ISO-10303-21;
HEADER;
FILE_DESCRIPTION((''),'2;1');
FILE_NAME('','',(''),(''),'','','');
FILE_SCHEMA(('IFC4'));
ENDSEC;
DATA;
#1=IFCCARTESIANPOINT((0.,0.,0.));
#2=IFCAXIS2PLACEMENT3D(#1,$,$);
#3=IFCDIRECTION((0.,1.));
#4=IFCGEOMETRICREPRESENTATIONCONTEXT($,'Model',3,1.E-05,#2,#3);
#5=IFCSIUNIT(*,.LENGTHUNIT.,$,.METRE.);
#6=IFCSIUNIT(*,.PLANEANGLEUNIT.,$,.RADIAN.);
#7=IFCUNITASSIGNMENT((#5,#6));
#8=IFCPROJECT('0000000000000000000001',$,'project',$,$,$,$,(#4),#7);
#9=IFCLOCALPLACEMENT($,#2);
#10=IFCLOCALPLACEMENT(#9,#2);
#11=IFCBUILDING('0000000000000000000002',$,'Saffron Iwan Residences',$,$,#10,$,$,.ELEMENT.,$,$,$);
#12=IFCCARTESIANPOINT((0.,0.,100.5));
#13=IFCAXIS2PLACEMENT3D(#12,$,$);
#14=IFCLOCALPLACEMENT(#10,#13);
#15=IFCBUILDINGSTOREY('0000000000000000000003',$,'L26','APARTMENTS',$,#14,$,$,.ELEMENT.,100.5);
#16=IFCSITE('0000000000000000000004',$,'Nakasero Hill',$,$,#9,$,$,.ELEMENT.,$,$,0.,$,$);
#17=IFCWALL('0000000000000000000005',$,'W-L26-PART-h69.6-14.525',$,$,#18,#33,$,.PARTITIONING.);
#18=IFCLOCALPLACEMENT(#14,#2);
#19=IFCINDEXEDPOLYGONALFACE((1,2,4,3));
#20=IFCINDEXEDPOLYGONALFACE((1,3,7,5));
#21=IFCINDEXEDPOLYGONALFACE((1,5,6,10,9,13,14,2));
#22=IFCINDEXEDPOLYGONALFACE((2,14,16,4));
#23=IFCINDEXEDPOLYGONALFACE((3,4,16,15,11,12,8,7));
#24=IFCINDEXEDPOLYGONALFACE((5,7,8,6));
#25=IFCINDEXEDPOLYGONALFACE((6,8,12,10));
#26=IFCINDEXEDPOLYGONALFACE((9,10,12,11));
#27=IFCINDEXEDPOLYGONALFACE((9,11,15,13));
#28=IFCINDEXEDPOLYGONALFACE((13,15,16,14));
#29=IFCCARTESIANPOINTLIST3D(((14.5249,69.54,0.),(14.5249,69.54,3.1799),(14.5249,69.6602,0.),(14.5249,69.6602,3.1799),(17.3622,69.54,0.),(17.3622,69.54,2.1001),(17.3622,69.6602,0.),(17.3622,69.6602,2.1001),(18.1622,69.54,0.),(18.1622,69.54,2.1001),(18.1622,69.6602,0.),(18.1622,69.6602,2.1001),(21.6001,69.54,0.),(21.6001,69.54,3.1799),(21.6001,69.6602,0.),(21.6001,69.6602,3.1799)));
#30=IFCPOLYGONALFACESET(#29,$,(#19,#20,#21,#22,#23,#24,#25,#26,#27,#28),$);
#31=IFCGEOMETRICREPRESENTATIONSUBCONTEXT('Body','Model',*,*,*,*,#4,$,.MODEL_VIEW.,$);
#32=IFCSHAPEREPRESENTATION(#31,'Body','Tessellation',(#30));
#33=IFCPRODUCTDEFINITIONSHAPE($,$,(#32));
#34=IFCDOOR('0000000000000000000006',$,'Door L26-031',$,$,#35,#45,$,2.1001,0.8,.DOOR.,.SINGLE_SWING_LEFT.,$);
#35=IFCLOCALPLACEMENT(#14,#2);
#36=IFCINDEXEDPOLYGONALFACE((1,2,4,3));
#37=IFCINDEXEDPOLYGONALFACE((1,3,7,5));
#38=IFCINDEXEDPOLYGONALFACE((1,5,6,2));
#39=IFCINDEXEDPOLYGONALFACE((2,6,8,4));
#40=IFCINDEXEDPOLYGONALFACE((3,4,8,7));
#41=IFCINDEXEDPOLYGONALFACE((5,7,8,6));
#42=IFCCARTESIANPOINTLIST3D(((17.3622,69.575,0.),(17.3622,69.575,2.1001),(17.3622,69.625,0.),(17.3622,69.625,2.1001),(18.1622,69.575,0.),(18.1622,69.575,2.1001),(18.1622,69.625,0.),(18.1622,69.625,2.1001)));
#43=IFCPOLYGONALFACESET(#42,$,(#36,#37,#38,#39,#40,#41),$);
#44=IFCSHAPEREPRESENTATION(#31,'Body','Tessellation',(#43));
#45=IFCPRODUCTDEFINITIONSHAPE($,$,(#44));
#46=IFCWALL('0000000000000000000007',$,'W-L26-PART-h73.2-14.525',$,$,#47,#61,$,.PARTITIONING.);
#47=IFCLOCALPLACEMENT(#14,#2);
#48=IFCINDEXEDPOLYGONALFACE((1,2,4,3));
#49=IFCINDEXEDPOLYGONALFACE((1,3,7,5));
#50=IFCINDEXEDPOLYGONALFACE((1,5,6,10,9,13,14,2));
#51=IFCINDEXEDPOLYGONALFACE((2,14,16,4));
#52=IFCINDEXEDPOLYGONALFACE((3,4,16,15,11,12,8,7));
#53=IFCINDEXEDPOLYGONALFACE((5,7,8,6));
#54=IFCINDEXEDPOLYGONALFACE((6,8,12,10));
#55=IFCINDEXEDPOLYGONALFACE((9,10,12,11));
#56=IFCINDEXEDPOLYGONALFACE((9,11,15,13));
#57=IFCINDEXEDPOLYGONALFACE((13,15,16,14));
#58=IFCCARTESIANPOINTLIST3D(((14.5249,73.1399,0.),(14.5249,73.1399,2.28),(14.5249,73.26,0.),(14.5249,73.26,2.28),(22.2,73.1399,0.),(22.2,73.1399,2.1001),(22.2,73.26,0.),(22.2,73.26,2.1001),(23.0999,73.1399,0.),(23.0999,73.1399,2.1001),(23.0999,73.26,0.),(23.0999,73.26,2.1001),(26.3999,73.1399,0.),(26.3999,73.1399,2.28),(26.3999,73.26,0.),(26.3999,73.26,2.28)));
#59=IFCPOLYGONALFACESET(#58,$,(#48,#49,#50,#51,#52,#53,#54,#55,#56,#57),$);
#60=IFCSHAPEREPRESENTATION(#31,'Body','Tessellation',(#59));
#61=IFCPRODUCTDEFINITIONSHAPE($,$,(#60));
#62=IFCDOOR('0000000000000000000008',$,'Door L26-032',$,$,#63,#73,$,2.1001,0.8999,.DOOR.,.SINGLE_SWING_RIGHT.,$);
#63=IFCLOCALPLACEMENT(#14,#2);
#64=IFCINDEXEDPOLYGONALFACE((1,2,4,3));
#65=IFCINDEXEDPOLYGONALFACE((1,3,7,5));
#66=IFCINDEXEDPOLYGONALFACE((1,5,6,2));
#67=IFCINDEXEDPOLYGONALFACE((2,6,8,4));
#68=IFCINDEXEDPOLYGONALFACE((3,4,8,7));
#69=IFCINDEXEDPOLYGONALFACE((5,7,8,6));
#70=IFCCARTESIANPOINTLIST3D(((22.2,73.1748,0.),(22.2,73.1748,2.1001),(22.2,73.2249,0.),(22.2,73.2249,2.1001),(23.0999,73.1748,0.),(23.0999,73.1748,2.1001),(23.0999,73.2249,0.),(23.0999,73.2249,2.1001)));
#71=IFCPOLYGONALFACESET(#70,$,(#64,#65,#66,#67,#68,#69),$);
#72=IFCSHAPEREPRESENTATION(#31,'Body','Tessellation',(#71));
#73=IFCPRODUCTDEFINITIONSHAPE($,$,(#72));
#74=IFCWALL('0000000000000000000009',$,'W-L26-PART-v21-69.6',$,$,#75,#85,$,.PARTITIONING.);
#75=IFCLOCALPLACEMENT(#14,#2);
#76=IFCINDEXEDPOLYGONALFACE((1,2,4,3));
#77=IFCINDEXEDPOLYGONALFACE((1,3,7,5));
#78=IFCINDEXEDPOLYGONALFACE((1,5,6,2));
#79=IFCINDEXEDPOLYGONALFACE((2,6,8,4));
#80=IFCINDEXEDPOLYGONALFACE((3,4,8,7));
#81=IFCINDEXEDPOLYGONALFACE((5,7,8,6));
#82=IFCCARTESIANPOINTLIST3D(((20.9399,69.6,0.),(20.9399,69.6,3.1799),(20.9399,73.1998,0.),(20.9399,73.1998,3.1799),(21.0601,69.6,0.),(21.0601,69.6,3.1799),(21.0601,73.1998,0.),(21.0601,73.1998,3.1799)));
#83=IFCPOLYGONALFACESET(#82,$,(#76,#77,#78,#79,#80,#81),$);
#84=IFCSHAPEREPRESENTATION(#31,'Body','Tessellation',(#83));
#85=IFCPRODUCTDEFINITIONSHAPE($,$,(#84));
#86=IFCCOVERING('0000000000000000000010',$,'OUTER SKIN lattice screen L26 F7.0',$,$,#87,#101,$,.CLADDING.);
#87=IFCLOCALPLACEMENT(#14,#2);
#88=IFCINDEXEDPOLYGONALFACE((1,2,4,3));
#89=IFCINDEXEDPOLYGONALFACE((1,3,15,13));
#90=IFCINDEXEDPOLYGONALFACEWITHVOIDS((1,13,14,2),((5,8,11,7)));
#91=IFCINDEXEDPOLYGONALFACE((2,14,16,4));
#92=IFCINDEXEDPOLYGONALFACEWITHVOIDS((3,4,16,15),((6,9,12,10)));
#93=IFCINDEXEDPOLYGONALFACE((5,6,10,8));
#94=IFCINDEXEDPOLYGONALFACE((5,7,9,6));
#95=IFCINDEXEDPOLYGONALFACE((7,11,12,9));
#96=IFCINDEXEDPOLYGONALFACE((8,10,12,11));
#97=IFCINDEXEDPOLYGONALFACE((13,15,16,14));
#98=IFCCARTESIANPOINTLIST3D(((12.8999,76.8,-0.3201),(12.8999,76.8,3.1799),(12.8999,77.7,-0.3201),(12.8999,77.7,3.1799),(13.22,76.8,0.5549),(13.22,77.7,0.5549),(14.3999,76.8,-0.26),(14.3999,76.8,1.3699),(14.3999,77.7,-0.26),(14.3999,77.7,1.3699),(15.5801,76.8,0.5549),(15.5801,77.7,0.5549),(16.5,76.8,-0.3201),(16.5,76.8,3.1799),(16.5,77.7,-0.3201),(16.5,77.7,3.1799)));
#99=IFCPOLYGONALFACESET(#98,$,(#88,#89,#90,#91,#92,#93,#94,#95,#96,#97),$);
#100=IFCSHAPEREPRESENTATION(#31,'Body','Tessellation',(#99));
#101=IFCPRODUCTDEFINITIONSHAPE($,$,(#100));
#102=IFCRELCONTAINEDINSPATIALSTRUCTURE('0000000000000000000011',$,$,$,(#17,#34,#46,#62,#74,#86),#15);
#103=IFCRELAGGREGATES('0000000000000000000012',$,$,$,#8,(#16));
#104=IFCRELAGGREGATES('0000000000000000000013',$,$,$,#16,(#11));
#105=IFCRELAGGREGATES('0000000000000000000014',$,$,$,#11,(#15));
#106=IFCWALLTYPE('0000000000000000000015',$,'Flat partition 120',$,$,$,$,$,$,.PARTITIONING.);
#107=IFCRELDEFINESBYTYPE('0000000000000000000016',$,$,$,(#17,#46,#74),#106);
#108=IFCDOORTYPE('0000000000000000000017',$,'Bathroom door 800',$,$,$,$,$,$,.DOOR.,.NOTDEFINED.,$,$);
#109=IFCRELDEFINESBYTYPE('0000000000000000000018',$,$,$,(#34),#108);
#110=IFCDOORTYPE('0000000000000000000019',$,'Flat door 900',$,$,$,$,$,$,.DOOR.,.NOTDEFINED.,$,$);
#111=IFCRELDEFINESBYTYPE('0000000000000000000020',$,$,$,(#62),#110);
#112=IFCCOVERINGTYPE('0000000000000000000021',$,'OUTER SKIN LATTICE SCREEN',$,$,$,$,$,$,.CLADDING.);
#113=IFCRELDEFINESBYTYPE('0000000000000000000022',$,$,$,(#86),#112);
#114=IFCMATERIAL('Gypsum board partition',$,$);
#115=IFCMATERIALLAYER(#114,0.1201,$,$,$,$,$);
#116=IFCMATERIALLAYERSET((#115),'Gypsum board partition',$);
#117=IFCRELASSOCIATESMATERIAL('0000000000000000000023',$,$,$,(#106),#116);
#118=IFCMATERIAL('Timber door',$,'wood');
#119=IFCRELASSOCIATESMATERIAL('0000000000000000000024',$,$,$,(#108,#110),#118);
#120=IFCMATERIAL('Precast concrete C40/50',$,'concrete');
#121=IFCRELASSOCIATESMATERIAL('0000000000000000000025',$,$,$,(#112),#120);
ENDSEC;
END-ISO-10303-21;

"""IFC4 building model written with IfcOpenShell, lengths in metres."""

from ifc_helpers import new_model, si_unit, direction, frame, frame_2d, origin, place, context, subcontext, project, spatial, polyline, rectangle, outline, extrude, material, layer, layer_set, type_object, element, fill, save


model = new_model("IFC4")

# Units and contexts
model_context = context("Model", 3, precision=1e-05, world=origin(), true_north=direction((0.0, 1.0)))
body_context = subcontext(model_context, "Body", "Model", "MODEL_VIEW")
ifc_project = project(units=[si_unit("LENGTHUNIT", "METRE"), si_unit("PLANEANGLEUNIT", "RADIAN")], contexts=[model_context])

# Site, building, storey
site_placement = place(None, origin())
site = spatial("IfcSite", under=ifc_project, at=site_placement, Name="Nakasero Hill", CompositionType="ELEMENT", RefElevation=0.0)
building_placement = place(site_placement, origin())
building = spatial("IfcBuilding", under=site, at=building_placement, Name="Saffron Iwan Residences", CompositionType="ELEMENT")
storey_placement = place(building_placement, frame((0.0, 0.0, 100.5)))
storey = spatial("IfcBuildingStorey", under=building, at=storey_placement, Name="L26", Description="APARTMENTS", CompositionType="ELEMENT", Elevation=100.5)

# Walls, openings, doors
ifc_material_1 = material(Name="Gypsum board partition")
ifc_layer_1 = layer(ifc_material_1, 0.1201)
ifc_layer_set_1 = layer_set([ifc_layer_1], Name="Gypsum board partition")
wall_type_1 = type_object("IfcWallType", Name="Flat partition 120", PredefinedType="PARTITIONING", material=ifc_layer_set_1)
wall_1_placement = place(storey_placement, frame((14.5249, 69.6001, 0.0), z_axis=(0.0, 0.0, 1.0), x_axis=(1.0, 0.0, 0.0)))
wall_1 = element("IfcWall", 1, at=wall_1_placement, inside=storey, type_object=wall_type_1, Name="W-L26-PART-h69.6-14.525", PredefinedType="PARTITIONING", context=body_context, shape_type="SweptSolid", body=[
    extrude(rectangle(XDim=7.0752, YDim=0.1201, at=frame_2d((3.5376, 0.0))), origin(), (0.0, 0.0, 1.0), 3.1799),
])
opening_1_placement = place(wall_1_placement, frame((2.8374, 0.0, 0.0)))
opening_1 = element("IfcOpeningElement", 2, at=opening_1_placement, cuts=wall_1, PredefinedType="OPENING", context=body_context, shape_type="SweptSolid", body=[
    extrude(rectangle(XDim=0.8, YDim=2.1001, at=frame_2d((0.3999, 1.05))), frame((0.0, 0.0701, 0.0), z_axis=(0.0, -1.0, 0.0), x_axis=(1.0, 0.0, 0.0)), (0.0, 0.0, 1.0), 0.1401),
])
ifc_material_2 = material(Name="Timber door", Category="wood")
door_type_1 = type_object("IfcDoorType", Name="Bathroom door 800", OperationType="NOTDEFINED", PredefinedType="DOOR", material=ifc_material_2)
door_1_placement = place(opening_1_placement, origin())
door_1 = element("IfcDoor", 3, at=door_1_placement, inside=storey, type_object=door_type_1, Name="Door L26-031", OperationType="SINGLE_SWING_LEFT", OverallHeight=2.1001, OverallWidth=0.8, PredefinedType="DOOR", context=body_context, shape_type="SweptSolid", body=[
    extrude(rectangle(XDim=0.8, YDim=2.1001, at=frame_2d((0.3999, 1.05))), frame((0.0, 0.0249, 0.0), z_axis=(0.0, -1.0, 0.0), x_axis=(1.0, 0.0, 0.0)), (0.0, 0.0, 1.0), 0.05),
])
fill(opening_1, door_1)
wall_2_placement = place(storey_placement, frame((14.5249, 73.2, 0.0), z_axis=(0.0, 0.0, 1.0), x_axis=(1.0, 0.0, 0.0)))
wall_2 = element("IfcWall", 4, at=wall_2_placement, inside=storey, type_object=wall_type_1, Name="W-L26-PART-h73.2-14.525", PredefinedType="PARTITIONING", context=body_context, shape_type="SweptSolid", body=[
    extrude(rectangle(XDim=11.875, YDim=0.1201, at=frame_2d((5.9375, 0.0))), origin(), (0.0, 0.0, 1.0), 2.28),
])
opening_2_placement = place(wall_2_placement, frame((7.675, 0.0, 0.0)))
opening_2 = element("IfcOpeningElement", 5, at=opening_2_placement, cuts=wall_2, PredefinedType="OPENING", context=body_context, shape_type="SweptSolid", body=[
    extrude(rectangle(XDim=0.8999, YDim=2.1001, at=frame_2d((0.45, 1.05))), frame((0.0, 0.0701, 0.0), z_axis=(0.0, -1.0, 0.0), x_axis=(1.0, 0.0, 0.0)), (0.0, 0.0, 1.0), 0.1401),
])
door_type_2 = type_object("IfcDoorType", Name="Flat door 900", OperationType="NOTDEFINED", PredefinedType="DOOR", material=ifc_material_2)
door_2_placement = place(opening_2_placement, origin())
door_2 = element("IfcDoor", 6, at=door_2_placement, inside=storey, type_object=door_type_2, Name="Door L26-032", OperationType="SINGLE_SWING_RIGHT", OverallHeight=2.1001, OverallWidth=0.8999, PredefinedType="DOOR", context=body_context, shape_type="SweptSolid", body=[
    extrude(rectangle(XDim=0.8999, YDim=2.1001, at=frame_2d((0.45, 1.05))), frame((0.0, 0.0249, 0.0), z_axis=(0.0, -1.0, 0.0), x_axis=(1.0, 0.0, 0.0)), (0.0, 0.0, 1.0), 0.05),
])
fill(opening_2, door_2)

# Wall
wall_3_placement = place(storey_placement, frame((21.0, 69.6001, 0.0), z_axis=(0.0, 0.0, 1.0), x_axis=(0.0, 1.0, 0.0)))
element("IfcWall", 7, at=wall_3_placement, inside=storey, type_object=wall_type_1, Name="W-L26-PART-v21-69.6", PredefinedType="PARTITIONING", context=body_context, shape_type="SweptSolid", body=[
    extrude(rectangle(XDim=3.5999, YDim=0.1201, at=frame_2d((1.7998, 0.0))), origin(), (0.0, 0.0, 1.0), 3.1799),
])

# Covering
ifc_material_3 = material(Name="Precast concrete C40/50", Category="concrete")
covering_type = type_object("IfcCoveringType", Name="OUTER SKIN LATTICE SCREEN", PredefinedType="CLADDING", material=ifc_material_3)
covering_placement = place(storey_placement, frame((16.5, 76.8, -0.3201), z_axis=(0.0, 1.0, 0.0), x_axis=(-1.0, 0.0, 0.0)))
element("IfcCovering", 8, at=covering_placement, inside=storey, type_object=covering_type, Name="OUTER SKIN lattice screen L26 F7.0", PredefinedType="CLADDING", context=body_context, shape_type="SweptSolid", body=[
    extrude(outline(polyline([(0.0, 0.0), (3.6001, 0.0), (3.6001, 3.5), (0.0, 3.5), (0.0, 0.0)]), holes=[polyline([(0.9199, 0.875), (2.1001, 0.0601), (3.28, 0.875), (2.1001, 1.6899), (0.9199, 0.875)])]), origin(), (0.0, 0.0, 1.0), 0.8999),
])

save(model, "model.ifc")
